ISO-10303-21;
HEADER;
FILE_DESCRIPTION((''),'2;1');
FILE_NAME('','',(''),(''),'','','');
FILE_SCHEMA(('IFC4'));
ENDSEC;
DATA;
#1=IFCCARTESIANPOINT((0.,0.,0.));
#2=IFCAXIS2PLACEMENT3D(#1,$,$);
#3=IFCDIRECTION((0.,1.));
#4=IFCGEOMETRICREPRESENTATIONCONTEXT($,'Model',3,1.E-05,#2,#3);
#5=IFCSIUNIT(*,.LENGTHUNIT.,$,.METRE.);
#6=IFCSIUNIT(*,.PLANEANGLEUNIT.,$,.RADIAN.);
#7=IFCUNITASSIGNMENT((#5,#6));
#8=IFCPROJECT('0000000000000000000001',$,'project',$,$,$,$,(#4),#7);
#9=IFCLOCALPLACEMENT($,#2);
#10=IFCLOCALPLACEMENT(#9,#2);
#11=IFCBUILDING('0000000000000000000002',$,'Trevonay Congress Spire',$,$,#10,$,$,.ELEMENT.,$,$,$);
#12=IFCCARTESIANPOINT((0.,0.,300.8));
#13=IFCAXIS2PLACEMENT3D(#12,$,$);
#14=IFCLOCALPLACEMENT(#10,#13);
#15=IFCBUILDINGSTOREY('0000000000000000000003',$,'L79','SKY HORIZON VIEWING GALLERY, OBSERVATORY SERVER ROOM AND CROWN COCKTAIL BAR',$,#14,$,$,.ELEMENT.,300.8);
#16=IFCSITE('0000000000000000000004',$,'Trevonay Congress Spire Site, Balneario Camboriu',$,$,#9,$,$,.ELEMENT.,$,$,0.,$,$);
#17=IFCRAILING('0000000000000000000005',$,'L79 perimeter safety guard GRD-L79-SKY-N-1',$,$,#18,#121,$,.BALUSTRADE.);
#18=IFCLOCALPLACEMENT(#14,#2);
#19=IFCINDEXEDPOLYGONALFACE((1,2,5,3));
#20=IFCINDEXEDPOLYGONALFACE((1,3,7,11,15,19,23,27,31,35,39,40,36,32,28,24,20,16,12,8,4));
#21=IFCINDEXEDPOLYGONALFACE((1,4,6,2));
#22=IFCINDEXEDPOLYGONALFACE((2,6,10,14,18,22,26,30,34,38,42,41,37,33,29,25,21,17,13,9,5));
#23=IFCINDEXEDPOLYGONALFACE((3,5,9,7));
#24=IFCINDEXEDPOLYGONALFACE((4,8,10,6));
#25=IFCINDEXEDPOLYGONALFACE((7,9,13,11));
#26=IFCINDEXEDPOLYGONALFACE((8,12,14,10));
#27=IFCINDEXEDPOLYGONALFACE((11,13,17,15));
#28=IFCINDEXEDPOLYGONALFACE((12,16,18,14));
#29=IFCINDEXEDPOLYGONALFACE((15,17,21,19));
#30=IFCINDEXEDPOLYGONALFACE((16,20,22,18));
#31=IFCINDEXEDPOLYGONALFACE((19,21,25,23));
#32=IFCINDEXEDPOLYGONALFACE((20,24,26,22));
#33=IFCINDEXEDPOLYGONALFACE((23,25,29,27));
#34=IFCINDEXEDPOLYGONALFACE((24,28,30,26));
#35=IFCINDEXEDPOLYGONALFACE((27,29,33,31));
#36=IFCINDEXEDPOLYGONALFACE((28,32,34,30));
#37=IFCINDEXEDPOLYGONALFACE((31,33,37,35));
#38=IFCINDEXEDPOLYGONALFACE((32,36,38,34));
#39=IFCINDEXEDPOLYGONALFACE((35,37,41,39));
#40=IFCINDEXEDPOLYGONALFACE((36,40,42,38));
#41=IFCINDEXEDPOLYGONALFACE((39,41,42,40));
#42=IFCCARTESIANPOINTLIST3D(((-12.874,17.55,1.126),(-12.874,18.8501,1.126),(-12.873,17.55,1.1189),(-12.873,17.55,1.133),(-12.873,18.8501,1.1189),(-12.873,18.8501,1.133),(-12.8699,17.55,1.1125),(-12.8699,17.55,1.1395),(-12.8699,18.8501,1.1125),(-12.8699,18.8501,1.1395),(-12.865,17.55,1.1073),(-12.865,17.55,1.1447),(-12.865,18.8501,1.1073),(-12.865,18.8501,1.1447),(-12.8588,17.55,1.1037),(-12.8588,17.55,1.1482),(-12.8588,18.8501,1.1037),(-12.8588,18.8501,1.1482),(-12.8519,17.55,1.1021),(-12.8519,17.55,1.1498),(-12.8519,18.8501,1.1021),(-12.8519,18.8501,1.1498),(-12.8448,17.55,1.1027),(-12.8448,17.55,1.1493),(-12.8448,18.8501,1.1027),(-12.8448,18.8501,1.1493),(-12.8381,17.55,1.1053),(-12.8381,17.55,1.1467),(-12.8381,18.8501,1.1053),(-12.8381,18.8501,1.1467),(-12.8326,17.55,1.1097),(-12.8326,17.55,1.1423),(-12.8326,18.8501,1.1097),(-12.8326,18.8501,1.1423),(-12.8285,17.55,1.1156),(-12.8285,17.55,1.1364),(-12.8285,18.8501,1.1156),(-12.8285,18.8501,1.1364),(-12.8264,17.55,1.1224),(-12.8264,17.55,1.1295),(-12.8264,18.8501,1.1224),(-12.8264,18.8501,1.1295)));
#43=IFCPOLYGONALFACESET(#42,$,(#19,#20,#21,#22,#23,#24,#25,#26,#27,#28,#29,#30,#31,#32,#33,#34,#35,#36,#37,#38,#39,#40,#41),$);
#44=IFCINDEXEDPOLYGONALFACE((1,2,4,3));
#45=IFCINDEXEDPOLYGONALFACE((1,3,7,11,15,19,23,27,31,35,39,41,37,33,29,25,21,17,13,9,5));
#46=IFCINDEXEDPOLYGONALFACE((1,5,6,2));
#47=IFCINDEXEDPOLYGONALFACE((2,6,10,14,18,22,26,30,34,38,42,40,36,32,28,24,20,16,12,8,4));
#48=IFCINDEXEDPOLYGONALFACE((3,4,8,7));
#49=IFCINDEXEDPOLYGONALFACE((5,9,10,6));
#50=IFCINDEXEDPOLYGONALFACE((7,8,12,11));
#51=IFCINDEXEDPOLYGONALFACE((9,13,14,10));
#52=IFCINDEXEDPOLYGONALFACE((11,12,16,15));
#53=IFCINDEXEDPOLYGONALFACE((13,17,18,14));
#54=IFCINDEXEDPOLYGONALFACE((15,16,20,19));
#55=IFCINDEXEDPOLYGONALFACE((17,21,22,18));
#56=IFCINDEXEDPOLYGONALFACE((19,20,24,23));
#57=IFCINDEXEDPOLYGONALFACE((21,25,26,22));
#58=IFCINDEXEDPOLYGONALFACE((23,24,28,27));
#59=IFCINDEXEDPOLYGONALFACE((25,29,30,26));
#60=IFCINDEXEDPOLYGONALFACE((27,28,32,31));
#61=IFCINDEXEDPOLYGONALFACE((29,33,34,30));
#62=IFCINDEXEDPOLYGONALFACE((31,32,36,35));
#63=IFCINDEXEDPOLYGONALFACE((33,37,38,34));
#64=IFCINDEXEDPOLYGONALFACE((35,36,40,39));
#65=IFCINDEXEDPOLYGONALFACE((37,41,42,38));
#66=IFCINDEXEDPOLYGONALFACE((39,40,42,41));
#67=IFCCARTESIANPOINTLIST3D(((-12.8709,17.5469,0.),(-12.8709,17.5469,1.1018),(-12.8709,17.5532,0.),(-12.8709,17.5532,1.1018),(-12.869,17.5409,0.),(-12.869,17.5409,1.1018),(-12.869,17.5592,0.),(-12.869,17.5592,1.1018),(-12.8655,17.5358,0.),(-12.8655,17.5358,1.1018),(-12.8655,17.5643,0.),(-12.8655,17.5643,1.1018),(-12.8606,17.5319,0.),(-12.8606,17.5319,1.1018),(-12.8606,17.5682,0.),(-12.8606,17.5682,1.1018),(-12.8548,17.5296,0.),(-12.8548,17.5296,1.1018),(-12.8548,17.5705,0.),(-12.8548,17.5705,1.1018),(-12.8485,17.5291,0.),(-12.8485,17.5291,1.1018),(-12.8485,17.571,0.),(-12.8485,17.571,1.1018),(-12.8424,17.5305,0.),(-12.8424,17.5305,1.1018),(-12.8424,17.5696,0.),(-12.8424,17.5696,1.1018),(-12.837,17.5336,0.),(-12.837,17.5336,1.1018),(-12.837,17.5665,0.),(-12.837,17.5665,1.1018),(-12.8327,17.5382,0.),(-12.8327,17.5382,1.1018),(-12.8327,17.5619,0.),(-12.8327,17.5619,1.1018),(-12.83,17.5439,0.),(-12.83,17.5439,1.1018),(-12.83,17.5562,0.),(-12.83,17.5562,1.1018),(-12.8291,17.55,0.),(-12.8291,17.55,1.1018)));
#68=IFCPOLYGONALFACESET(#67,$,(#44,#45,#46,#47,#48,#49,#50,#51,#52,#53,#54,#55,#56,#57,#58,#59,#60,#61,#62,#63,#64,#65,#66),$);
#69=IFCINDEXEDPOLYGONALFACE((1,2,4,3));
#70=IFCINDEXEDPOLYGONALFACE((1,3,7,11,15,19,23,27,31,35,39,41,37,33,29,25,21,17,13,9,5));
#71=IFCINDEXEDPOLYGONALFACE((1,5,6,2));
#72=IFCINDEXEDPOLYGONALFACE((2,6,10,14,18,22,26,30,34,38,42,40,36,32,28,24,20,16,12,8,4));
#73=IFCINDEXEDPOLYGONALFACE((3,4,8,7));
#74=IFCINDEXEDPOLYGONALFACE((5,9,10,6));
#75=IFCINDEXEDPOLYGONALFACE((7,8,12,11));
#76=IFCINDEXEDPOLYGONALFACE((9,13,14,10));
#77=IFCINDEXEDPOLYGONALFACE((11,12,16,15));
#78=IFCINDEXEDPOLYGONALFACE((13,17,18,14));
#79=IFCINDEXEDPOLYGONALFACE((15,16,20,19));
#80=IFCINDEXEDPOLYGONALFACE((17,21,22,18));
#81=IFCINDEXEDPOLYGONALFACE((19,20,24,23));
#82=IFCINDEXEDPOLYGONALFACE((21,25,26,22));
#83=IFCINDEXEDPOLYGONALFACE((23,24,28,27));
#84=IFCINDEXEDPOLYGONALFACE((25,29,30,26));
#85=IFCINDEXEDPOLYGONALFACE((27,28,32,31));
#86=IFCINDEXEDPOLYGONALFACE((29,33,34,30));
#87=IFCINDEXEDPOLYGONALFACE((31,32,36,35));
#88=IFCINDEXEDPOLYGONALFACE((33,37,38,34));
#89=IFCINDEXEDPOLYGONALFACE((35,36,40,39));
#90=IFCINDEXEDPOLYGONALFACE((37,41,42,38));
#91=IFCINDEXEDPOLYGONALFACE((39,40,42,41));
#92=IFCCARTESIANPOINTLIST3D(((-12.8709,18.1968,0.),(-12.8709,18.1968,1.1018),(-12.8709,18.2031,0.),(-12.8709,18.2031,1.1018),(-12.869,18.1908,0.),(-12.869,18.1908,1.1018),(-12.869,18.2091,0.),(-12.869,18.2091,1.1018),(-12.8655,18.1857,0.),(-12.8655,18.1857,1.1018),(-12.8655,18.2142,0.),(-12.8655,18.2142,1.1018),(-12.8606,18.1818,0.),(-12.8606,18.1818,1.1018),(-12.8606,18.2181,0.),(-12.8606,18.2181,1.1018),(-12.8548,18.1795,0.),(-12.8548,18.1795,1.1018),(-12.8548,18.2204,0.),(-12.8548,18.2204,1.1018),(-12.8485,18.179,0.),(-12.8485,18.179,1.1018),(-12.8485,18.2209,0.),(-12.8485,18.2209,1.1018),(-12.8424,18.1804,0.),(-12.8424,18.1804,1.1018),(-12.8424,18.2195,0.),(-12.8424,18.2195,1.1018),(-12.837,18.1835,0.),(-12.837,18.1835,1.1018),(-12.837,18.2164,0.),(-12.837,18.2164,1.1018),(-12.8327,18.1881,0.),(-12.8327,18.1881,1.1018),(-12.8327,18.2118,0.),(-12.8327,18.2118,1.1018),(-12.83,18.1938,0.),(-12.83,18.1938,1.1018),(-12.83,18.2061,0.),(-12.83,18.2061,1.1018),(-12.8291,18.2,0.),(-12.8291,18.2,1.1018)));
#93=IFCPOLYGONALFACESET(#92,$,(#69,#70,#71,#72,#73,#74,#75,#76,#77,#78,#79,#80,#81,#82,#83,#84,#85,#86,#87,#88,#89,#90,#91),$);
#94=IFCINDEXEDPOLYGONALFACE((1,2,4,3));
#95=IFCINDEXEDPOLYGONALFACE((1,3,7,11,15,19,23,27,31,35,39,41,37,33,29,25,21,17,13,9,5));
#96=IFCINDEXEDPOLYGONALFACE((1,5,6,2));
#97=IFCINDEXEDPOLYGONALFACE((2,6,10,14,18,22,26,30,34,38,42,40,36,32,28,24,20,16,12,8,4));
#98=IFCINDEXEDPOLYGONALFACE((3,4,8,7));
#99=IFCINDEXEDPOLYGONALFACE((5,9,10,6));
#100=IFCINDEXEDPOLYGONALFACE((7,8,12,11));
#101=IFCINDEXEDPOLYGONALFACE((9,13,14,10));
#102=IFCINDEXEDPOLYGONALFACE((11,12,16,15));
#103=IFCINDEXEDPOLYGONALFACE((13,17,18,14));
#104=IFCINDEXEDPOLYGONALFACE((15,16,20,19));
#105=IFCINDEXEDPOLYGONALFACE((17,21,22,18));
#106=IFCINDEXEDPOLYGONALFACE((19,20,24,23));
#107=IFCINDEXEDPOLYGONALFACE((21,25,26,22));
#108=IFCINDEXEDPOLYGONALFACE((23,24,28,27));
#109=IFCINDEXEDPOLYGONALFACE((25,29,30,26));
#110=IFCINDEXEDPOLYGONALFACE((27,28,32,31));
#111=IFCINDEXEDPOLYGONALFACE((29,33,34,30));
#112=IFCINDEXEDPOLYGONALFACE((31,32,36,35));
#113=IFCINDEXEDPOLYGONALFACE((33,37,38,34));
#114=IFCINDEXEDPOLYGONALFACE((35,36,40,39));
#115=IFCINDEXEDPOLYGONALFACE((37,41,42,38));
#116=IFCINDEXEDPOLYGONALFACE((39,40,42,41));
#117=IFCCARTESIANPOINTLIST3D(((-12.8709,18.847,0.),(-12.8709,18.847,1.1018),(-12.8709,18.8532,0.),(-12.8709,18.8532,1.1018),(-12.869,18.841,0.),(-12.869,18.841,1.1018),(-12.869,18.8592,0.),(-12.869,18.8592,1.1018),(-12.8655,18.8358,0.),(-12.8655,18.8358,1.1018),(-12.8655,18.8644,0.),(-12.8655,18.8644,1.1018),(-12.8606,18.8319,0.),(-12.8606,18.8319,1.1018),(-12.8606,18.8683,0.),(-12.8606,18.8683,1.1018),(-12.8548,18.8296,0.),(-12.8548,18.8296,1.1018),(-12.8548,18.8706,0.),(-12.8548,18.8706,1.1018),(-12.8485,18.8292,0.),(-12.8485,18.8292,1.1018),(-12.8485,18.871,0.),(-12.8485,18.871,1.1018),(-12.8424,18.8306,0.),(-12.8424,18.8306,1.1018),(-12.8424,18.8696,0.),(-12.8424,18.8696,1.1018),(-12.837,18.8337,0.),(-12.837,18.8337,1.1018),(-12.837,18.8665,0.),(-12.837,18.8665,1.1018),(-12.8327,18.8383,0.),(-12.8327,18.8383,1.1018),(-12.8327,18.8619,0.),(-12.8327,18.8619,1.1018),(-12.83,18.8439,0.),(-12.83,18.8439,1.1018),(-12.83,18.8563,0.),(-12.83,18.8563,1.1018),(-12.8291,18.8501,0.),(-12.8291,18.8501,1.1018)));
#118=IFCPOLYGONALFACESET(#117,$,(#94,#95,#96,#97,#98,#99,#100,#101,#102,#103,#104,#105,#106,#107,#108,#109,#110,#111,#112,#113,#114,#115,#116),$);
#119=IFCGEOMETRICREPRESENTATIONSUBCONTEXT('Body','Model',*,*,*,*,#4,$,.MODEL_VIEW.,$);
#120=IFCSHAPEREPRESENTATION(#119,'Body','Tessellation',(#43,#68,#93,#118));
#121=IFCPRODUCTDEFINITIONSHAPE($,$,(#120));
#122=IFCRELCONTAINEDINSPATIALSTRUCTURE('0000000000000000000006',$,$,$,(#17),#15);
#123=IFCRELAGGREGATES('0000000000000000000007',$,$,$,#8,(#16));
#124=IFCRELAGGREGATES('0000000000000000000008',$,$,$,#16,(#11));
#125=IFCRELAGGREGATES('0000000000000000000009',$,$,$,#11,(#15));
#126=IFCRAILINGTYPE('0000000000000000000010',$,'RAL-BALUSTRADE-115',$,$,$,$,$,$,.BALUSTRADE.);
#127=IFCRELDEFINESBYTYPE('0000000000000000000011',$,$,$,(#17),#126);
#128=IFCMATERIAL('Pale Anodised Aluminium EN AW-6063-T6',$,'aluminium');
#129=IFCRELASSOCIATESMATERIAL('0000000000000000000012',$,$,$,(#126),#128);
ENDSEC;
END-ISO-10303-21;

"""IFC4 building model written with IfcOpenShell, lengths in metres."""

from ifc_helpers import new_model, si_unit, direction, frame, origin, origin_2d, place, context, subcontext, project, spatial, circle, extrude, material, type_object, element, save


model = new_model("IFC4")

# Units and contexts
model_context = context("Model", 3, precision=1e-05, world=origin(), true_north=direction((0.0, 1.0)))
body_context = subcontext(model_context, "Body", "Model", "MODEL_VIEW")
ifc_project = project(units=[si_unit("LENGTHUNIT", "METRE"), si_unit("PLANEANGLEUNIT", "RADIAN")], contexts=[model_context])

# Site, building, storey
site_placement = place(None, origin())
site = spatial("IfcSite", under=ifc_project, at=site_placement, Name="Trevonay Congress Spire Site, Balneario Camboriu", CompositionType="ELEMENT", RefElevation=0.0)
building_placement = place(site_placement, origin())
building = spatial("IfcBuilding", under=site, at=building_placement, Name="Trevonay Congress Spire", CompositionType="ELEMENT")
storey_placement = place(building_placement, frame((0.0, 0.0, 300.8)))
storey = spatial("IfcBuildingStorey", under=building, at=storey_placement, Name="L79", Description="SKY HORIZON VIEWING GALLERY, OBSERVATORY SERVER ROOM AND CROWN COCKTAIL BAR", CompositionType="ELEMENT", Elevation=300.8)

# Shared definitions
ifc_material_1 = material(Name="Pale Anodised Aluminium EN AW-6063-T6", Category="aluminium")

# Railing
railing_type = type_object("IfcRailingType", Name="RAL-BALUSTRADE-115", PredefinedType="BALUSTRADE", material=ifc_material_1)
railing_1_placement = place(storey_placement, frame((-12.8501, 17.55, 0.0)))
element("IfcRailing", 1, at=railing_1_placement, inside=storey, type_object=railing_type, Name="L79 perimeter safety guard GRD-L79-SKY-N-1", PredefinedType="BALUSTRADE", context=body_context, shape_type="SweptSolid", body=[
    extrude(circle(Radius=0.0239, at=origin_2d()), frame((0.0, 0.0, 1.126), z_axis=(0.0, 1.0, 0.0), x_axis=(-1.0, 0.0, 0.0)), (0.0, 0.0, 1.0), 1.3),
    extrude(circle(Radius=0.021, at=origin_2d()), origin(), (0.0, 0.0, 1.0), 1.1018),
    extrude(circle(Radius=0.021, at=origin_2d()), frame((0.0, 0.6499, 0.0)), (0.0, 0.0, 1.0), 1.1018),
    extrude(circle(Radius=0.021, at=origin_2d()), frame((0.0, 1.3, 0.0)), (0.0, 0.0, 1.0), 1.1018),
])

save(model, "model.ifc")
